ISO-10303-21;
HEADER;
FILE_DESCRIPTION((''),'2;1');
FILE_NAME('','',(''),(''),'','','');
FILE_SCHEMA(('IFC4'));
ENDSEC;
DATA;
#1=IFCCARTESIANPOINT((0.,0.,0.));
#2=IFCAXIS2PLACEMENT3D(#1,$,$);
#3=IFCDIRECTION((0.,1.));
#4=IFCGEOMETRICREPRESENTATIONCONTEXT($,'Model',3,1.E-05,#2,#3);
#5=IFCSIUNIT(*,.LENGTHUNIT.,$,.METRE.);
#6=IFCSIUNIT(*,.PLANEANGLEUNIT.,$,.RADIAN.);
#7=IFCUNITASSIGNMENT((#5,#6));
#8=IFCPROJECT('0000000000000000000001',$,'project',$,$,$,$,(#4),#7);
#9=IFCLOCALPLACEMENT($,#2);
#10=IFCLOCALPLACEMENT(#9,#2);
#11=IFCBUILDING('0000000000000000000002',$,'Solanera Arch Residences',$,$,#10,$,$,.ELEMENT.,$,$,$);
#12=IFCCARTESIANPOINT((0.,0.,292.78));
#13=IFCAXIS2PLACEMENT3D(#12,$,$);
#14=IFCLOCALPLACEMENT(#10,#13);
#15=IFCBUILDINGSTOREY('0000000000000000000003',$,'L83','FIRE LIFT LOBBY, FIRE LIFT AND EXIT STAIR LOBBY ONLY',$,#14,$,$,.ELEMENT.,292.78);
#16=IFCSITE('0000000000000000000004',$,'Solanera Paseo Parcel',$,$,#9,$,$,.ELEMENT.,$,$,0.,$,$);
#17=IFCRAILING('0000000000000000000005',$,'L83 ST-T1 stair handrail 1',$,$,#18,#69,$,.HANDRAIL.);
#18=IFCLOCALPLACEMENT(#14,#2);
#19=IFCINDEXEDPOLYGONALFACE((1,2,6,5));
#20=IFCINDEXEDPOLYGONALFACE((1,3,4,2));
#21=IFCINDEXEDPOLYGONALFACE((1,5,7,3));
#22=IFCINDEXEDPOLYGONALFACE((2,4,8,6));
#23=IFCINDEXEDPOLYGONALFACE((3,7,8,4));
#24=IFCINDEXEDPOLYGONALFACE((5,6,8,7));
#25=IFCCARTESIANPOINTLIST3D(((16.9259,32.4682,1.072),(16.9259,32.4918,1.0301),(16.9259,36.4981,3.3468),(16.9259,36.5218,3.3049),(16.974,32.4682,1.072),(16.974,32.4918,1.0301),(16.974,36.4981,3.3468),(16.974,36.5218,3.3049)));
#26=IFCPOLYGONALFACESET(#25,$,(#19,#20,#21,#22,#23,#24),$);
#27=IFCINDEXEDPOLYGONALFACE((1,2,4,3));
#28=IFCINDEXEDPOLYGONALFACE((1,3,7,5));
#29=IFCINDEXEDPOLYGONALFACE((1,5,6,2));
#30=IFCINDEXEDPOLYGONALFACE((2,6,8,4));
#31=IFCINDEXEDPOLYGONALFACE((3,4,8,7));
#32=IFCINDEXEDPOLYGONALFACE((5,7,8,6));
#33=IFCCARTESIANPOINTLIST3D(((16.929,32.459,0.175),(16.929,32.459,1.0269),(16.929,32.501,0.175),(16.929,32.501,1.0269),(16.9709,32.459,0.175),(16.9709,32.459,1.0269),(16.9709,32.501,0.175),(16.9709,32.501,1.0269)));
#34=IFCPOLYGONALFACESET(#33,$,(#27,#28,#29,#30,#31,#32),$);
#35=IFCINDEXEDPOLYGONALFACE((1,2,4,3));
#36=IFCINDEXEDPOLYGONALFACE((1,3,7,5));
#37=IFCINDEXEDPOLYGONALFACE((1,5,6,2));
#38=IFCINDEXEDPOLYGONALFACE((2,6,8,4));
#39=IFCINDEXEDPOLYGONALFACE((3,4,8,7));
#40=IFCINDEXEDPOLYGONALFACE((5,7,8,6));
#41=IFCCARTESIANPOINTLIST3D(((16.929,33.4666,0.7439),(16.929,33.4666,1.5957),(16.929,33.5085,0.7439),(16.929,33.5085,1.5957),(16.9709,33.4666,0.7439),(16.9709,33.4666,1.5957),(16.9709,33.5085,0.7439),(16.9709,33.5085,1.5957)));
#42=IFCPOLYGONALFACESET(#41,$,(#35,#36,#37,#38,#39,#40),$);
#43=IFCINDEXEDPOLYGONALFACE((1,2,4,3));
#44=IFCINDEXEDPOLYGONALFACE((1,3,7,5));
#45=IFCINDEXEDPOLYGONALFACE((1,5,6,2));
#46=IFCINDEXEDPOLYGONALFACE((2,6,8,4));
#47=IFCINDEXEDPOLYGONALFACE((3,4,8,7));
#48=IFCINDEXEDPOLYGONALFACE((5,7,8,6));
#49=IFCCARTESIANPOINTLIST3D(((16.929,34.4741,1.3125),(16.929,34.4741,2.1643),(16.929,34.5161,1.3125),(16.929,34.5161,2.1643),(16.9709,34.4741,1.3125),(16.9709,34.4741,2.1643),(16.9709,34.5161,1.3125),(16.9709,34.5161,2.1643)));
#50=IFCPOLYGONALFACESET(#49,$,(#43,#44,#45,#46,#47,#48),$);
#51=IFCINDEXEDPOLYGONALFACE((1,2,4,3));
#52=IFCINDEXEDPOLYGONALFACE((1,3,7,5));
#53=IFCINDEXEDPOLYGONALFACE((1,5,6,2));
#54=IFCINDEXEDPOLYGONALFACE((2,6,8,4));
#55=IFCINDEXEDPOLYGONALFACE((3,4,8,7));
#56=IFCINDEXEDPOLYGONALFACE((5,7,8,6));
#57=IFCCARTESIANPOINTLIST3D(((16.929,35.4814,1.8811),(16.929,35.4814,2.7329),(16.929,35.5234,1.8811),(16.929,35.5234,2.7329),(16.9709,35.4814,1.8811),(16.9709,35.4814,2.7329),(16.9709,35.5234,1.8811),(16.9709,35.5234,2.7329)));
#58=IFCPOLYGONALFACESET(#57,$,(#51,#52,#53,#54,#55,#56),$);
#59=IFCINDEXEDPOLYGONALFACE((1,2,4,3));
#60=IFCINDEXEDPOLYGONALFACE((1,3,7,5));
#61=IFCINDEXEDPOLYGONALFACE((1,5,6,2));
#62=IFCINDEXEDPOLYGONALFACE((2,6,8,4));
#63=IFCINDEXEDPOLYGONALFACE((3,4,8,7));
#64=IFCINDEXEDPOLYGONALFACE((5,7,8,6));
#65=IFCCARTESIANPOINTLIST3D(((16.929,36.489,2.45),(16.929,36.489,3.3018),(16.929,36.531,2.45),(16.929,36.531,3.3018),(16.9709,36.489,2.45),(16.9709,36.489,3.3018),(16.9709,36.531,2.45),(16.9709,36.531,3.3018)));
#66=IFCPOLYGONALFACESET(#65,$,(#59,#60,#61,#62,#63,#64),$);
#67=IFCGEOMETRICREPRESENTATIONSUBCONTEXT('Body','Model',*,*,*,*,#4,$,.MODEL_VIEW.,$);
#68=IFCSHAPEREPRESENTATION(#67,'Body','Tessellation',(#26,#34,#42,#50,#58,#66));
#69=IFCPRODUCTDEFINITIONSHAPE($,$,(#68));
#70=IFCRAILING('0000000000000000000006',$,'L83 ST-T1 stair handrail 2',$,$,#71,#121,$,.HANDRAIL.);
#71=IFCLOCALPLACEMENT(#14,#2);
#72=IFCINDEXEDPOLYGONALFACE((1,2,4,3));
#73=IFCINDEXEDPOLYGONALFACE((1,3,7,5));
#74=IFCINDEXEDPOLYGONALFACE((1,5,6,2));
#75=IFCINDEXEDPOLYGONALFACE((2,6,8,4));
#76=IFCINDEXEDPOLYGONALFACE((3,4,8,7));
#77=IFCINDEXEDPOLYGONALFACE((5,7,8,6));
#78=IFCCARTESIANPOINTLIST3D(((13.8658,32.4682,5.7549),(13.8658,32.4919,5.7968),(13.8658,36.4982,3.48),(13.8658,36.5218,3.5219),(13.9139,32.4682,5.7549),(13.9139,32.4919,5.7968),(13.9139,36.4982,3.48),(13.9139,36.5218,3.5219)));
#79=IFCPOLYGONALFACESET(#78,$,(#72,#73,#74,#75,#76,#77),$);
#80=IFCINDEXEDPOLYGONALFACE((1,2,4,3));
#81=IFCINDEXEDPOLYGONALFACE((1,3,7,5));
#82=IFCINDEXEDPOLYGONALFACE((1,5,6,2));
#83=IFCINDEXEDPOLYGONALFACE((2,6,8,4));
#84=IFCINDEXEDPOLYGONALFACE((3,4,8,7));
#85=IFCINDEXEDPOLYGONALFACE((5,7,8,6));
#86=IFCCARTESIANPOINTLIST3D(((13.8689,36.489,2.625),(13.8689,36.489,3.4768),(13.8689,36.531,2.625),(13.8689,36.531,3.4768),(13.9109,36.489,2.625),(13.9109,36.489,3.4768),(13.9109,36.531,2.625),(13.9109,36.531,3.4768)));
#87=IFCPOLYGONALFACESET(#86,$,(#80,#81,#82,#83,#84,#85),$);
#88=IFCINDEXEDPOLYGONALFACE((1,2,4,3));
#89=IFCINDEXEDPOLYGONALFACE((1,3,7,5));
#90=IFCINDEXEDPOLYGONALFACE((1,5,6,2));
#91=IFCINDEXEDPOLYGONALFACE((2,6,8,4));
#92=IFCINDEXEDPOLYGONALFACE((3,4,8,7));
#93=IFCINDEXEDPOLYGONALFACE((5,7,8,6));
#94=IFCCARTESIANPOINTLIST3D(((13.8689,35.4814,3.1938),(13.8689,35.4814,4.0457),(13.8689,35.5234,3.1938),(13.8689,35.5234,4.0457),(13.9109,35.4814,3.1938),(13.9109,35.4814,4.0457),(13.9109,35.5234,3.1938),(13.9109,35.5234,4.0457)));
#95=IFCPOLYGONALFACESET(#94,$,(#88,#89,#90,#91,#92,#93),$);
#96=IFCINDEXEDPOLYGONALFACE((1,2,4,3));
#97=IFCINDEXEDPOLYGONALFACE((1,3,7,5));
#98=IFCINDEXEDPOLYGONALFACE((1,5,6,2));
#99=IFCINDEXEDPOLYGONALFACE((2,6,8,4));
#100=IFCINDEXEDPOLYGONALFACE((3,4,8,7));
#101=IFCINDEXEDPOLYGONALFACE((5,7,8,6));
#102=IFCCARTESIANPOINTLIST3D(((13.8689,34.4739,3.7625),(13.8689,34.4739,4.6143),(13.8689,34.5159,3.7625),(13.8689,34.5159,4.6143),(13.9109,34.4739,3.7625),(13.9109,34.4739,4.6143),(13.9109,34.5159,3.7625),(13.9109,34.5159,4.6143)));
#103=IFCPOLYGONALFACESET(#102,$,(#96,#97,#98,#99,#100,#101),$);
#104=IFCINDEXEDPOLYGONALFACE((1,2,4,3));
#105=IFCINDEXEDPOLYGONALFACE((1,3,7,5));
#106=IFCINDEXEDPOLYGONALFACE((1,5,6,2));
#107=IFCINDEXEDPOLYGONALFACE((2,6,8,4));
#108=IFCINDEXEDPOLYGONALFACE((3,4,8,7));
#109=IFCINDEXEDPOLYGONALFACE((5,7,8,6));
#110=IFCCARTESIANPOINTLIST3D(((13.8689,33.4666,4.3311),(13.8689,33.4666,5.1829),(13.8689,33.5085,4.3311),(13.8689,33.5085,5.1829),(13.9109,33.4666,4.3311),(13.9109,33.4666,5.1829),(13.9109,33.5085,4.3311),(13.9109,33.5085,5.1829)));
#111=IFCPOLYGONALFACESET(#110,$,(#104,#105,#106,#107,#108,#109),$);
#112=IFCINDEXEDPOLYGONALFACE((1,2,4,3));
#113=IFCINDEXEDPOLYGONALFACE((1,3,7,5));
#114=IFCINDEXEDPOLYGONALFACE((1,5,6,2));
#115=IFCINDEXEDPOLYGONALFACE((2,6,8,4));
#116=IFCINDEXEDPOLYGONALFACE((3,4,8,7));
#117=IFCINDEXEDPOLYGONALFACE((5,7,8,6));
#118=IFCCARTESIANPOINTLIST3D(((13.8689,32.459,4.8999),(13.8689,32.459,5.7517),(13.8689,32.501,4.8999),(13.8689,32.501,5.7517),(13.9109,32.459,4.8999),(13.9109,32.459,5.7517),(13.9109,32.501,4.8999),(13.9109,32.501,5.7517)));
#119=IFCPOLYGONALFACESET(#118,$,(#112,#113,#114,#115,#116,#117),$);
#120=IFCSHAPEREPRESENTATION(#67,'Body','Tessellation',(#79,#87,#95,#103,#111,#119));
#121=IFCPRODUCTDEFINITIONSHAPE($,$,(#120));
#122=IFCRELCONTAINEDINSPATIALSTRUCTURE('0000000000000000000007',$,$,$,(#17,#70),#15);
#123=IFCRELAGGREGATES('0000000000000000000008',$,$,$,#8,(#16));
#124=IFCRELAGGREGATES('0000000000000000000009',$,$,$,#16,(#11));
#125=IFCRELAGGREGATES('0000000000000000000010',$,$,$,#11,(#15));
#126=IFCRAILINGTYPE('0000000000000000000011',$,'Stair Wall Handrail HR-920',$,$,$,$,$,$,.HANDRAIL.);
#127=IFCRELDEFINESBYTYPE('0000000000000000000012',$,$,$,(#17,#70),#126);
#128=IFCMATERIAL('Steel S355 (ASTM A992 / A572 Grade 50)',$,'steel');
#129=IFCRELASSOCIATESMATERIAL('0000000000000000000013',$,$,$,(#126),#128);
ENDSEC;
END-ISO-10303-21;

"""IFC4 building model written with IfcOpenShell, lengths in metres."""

from ifc_helpers import new_model, si_unit, direction, frame, origin, origin_2d, place, context, subcontext, project, spatial, rectangle, extrude, material, type_object, element, save


model = new_model("IFC4")

# Units and contexts
model_context = context("Model", 3, precision=1e-05, world=origin(), true_north=direction((0.0, 1.0)))
body_context = subcontext(model_context, "Body", "Model", "MODEL_VIEW")
ifc_project = project(units=[si_unit("LENGTHUNIT", "METRE"), si_unit("PLANEANGLEUNIT", "RADIAN")], contexts=[model_context])

# Site, building, storey
site_placement = place(None, origin())
site = spatial("IfcSite", under=ifc_project, at=site_placement, Name="Solanera Paseo Parcel", CompositionType="ELEMENT", RefElevation=0.0)
building_placement = place(site_placement, origin())
building = spatial("IfcBuilding", under=site, at=building_placement, Name="Solanera Arch Residences", CompositionType="ELEMENT")
storey_placement = place(building_placement, frame((0.0, 0.0, 292.78)))
storey = spatial("IfcBuildingStorey", under=building, at=storey_placement, Name="L83", Description="FIRE LIFT LOBBY, FIRE LIFT AND EXIT STAIR LOBBY ONLY", CompositionType="ELEMENT", Elevation=292.78)

# Railings
ifc_material_1 = material(Name="Steel S355 (ASTM A992 / A572 Grade 50)", Category="steel")
railing_type_1 = type_object("IfcRailingType", Name="Stair Wall Handrail HR-920", PredefinedType="HANDRAIL", material=ifc_material_1)
railing_1_placement = place(storey_placement, frame((16.95, 32.48, 0.175)))
element("IfcRailing", 1, at=railing_1_placement, inside=storey, type_object=railing_type_1, Name="L83 ST-T1 stair handrail 1", PredefinedType="HANDRAIL", context=body_context, shape_type="SweptSolid", body=[
    extrude(rectangle(XDim=0.0481, YDim=0.0481, at=origin_2d()), frame((0.0, 0.0, 0.876), z_axis=(0.0, 0.870835, 0.491576), x_axis=(-1.0, 0.0, 0.0)), (0.0, 0.0, 1.0), 4.6277),
    extrude(rectangle(XDim=0.042, YDim=0.042, at=origin_2d()), origin(), (0.0, 0.0, 1.0), 0.8518),
    extrude(rectangle(XDim=0.042, YDim=0.042, at=origin_2d()), frame((0.0, 1.0076, 0.5688)), (0.0, 0.0, 1.0), 0.8518),
    extrude(rectangle(XDim=0.042, YDim=0.042, at=origin_2d()), frame((0.0, 2.0151, 1.1375)), (0.0, 0.0, 1.0), 0.8518),
    extrude(rectangle(XDim=0.042, YDim=0.042, at=origin_2d()), frame((0.0, 3.0225, 1.7061)), (0.0, 0.0, 1.0), 0.8518),
    extrude(rectangle(XDim=0.042, YDim=0.042, at=origin_2d()), frame((0.0, 4.03, 2.2749)), (0.0, 0.0, 1.0), 0.8518),
])
railing_2_placement = place(storey_placement, frame((13.8899, 36.51, 2.625)))
element("IfcRailing", 2, at=railing_2_placement, inside=storey, type_object=railing_type_1, Name="L83 ST-T1 stair handrail 2", PredefinedType="HANDRAIL", context=body_context, shape_type="SweptSolid", body=[
    extrude(rectangle(XDim=0.0481, YDim=0.0481, at=origin_2d()), frame((0.0, 0.0, 0.876), z_axis=(0.0, -0.870835, 0.491576), x_axis=(1.0, 0.0, 0.0)), (0.0, 0.0, 1.0), 4.6277),
    extrude(rectangle(XDim=0.042, YDim=0.042, at=origin_2d()), origin(), (0.0, 0.0, 1.0), 0.8518),
    extrude(rectangle(XDim=0.042, YDim=0.042, at=origin_2d()), frame((0.0, -1.0076, 0.5688)), (0.0, 0.0, 1.0), 0.8518),
    extrude(rectangle(XDim=0.042, YDim=0.042, at=origin_2d()), frame((0.0, -2.0151, 1.1375)), (0.0, 0.0, 1.0), 0.8518),
    extrude(rectangle(XDim=0.042, YDim=0.042, at=origin_2d()), frame((0.0, -3.0225, 1.7061)), (0.0, 0.0, 1.0), 0.8518),
    extrude(rectangle(XDim=0.042, YDim=0.042, at=origin_2d()), frame((0.0, -4.03, 2.2749)), (0.0, 0.0, 1.0), 0.8518),
])

save(model, "model.ifc")
